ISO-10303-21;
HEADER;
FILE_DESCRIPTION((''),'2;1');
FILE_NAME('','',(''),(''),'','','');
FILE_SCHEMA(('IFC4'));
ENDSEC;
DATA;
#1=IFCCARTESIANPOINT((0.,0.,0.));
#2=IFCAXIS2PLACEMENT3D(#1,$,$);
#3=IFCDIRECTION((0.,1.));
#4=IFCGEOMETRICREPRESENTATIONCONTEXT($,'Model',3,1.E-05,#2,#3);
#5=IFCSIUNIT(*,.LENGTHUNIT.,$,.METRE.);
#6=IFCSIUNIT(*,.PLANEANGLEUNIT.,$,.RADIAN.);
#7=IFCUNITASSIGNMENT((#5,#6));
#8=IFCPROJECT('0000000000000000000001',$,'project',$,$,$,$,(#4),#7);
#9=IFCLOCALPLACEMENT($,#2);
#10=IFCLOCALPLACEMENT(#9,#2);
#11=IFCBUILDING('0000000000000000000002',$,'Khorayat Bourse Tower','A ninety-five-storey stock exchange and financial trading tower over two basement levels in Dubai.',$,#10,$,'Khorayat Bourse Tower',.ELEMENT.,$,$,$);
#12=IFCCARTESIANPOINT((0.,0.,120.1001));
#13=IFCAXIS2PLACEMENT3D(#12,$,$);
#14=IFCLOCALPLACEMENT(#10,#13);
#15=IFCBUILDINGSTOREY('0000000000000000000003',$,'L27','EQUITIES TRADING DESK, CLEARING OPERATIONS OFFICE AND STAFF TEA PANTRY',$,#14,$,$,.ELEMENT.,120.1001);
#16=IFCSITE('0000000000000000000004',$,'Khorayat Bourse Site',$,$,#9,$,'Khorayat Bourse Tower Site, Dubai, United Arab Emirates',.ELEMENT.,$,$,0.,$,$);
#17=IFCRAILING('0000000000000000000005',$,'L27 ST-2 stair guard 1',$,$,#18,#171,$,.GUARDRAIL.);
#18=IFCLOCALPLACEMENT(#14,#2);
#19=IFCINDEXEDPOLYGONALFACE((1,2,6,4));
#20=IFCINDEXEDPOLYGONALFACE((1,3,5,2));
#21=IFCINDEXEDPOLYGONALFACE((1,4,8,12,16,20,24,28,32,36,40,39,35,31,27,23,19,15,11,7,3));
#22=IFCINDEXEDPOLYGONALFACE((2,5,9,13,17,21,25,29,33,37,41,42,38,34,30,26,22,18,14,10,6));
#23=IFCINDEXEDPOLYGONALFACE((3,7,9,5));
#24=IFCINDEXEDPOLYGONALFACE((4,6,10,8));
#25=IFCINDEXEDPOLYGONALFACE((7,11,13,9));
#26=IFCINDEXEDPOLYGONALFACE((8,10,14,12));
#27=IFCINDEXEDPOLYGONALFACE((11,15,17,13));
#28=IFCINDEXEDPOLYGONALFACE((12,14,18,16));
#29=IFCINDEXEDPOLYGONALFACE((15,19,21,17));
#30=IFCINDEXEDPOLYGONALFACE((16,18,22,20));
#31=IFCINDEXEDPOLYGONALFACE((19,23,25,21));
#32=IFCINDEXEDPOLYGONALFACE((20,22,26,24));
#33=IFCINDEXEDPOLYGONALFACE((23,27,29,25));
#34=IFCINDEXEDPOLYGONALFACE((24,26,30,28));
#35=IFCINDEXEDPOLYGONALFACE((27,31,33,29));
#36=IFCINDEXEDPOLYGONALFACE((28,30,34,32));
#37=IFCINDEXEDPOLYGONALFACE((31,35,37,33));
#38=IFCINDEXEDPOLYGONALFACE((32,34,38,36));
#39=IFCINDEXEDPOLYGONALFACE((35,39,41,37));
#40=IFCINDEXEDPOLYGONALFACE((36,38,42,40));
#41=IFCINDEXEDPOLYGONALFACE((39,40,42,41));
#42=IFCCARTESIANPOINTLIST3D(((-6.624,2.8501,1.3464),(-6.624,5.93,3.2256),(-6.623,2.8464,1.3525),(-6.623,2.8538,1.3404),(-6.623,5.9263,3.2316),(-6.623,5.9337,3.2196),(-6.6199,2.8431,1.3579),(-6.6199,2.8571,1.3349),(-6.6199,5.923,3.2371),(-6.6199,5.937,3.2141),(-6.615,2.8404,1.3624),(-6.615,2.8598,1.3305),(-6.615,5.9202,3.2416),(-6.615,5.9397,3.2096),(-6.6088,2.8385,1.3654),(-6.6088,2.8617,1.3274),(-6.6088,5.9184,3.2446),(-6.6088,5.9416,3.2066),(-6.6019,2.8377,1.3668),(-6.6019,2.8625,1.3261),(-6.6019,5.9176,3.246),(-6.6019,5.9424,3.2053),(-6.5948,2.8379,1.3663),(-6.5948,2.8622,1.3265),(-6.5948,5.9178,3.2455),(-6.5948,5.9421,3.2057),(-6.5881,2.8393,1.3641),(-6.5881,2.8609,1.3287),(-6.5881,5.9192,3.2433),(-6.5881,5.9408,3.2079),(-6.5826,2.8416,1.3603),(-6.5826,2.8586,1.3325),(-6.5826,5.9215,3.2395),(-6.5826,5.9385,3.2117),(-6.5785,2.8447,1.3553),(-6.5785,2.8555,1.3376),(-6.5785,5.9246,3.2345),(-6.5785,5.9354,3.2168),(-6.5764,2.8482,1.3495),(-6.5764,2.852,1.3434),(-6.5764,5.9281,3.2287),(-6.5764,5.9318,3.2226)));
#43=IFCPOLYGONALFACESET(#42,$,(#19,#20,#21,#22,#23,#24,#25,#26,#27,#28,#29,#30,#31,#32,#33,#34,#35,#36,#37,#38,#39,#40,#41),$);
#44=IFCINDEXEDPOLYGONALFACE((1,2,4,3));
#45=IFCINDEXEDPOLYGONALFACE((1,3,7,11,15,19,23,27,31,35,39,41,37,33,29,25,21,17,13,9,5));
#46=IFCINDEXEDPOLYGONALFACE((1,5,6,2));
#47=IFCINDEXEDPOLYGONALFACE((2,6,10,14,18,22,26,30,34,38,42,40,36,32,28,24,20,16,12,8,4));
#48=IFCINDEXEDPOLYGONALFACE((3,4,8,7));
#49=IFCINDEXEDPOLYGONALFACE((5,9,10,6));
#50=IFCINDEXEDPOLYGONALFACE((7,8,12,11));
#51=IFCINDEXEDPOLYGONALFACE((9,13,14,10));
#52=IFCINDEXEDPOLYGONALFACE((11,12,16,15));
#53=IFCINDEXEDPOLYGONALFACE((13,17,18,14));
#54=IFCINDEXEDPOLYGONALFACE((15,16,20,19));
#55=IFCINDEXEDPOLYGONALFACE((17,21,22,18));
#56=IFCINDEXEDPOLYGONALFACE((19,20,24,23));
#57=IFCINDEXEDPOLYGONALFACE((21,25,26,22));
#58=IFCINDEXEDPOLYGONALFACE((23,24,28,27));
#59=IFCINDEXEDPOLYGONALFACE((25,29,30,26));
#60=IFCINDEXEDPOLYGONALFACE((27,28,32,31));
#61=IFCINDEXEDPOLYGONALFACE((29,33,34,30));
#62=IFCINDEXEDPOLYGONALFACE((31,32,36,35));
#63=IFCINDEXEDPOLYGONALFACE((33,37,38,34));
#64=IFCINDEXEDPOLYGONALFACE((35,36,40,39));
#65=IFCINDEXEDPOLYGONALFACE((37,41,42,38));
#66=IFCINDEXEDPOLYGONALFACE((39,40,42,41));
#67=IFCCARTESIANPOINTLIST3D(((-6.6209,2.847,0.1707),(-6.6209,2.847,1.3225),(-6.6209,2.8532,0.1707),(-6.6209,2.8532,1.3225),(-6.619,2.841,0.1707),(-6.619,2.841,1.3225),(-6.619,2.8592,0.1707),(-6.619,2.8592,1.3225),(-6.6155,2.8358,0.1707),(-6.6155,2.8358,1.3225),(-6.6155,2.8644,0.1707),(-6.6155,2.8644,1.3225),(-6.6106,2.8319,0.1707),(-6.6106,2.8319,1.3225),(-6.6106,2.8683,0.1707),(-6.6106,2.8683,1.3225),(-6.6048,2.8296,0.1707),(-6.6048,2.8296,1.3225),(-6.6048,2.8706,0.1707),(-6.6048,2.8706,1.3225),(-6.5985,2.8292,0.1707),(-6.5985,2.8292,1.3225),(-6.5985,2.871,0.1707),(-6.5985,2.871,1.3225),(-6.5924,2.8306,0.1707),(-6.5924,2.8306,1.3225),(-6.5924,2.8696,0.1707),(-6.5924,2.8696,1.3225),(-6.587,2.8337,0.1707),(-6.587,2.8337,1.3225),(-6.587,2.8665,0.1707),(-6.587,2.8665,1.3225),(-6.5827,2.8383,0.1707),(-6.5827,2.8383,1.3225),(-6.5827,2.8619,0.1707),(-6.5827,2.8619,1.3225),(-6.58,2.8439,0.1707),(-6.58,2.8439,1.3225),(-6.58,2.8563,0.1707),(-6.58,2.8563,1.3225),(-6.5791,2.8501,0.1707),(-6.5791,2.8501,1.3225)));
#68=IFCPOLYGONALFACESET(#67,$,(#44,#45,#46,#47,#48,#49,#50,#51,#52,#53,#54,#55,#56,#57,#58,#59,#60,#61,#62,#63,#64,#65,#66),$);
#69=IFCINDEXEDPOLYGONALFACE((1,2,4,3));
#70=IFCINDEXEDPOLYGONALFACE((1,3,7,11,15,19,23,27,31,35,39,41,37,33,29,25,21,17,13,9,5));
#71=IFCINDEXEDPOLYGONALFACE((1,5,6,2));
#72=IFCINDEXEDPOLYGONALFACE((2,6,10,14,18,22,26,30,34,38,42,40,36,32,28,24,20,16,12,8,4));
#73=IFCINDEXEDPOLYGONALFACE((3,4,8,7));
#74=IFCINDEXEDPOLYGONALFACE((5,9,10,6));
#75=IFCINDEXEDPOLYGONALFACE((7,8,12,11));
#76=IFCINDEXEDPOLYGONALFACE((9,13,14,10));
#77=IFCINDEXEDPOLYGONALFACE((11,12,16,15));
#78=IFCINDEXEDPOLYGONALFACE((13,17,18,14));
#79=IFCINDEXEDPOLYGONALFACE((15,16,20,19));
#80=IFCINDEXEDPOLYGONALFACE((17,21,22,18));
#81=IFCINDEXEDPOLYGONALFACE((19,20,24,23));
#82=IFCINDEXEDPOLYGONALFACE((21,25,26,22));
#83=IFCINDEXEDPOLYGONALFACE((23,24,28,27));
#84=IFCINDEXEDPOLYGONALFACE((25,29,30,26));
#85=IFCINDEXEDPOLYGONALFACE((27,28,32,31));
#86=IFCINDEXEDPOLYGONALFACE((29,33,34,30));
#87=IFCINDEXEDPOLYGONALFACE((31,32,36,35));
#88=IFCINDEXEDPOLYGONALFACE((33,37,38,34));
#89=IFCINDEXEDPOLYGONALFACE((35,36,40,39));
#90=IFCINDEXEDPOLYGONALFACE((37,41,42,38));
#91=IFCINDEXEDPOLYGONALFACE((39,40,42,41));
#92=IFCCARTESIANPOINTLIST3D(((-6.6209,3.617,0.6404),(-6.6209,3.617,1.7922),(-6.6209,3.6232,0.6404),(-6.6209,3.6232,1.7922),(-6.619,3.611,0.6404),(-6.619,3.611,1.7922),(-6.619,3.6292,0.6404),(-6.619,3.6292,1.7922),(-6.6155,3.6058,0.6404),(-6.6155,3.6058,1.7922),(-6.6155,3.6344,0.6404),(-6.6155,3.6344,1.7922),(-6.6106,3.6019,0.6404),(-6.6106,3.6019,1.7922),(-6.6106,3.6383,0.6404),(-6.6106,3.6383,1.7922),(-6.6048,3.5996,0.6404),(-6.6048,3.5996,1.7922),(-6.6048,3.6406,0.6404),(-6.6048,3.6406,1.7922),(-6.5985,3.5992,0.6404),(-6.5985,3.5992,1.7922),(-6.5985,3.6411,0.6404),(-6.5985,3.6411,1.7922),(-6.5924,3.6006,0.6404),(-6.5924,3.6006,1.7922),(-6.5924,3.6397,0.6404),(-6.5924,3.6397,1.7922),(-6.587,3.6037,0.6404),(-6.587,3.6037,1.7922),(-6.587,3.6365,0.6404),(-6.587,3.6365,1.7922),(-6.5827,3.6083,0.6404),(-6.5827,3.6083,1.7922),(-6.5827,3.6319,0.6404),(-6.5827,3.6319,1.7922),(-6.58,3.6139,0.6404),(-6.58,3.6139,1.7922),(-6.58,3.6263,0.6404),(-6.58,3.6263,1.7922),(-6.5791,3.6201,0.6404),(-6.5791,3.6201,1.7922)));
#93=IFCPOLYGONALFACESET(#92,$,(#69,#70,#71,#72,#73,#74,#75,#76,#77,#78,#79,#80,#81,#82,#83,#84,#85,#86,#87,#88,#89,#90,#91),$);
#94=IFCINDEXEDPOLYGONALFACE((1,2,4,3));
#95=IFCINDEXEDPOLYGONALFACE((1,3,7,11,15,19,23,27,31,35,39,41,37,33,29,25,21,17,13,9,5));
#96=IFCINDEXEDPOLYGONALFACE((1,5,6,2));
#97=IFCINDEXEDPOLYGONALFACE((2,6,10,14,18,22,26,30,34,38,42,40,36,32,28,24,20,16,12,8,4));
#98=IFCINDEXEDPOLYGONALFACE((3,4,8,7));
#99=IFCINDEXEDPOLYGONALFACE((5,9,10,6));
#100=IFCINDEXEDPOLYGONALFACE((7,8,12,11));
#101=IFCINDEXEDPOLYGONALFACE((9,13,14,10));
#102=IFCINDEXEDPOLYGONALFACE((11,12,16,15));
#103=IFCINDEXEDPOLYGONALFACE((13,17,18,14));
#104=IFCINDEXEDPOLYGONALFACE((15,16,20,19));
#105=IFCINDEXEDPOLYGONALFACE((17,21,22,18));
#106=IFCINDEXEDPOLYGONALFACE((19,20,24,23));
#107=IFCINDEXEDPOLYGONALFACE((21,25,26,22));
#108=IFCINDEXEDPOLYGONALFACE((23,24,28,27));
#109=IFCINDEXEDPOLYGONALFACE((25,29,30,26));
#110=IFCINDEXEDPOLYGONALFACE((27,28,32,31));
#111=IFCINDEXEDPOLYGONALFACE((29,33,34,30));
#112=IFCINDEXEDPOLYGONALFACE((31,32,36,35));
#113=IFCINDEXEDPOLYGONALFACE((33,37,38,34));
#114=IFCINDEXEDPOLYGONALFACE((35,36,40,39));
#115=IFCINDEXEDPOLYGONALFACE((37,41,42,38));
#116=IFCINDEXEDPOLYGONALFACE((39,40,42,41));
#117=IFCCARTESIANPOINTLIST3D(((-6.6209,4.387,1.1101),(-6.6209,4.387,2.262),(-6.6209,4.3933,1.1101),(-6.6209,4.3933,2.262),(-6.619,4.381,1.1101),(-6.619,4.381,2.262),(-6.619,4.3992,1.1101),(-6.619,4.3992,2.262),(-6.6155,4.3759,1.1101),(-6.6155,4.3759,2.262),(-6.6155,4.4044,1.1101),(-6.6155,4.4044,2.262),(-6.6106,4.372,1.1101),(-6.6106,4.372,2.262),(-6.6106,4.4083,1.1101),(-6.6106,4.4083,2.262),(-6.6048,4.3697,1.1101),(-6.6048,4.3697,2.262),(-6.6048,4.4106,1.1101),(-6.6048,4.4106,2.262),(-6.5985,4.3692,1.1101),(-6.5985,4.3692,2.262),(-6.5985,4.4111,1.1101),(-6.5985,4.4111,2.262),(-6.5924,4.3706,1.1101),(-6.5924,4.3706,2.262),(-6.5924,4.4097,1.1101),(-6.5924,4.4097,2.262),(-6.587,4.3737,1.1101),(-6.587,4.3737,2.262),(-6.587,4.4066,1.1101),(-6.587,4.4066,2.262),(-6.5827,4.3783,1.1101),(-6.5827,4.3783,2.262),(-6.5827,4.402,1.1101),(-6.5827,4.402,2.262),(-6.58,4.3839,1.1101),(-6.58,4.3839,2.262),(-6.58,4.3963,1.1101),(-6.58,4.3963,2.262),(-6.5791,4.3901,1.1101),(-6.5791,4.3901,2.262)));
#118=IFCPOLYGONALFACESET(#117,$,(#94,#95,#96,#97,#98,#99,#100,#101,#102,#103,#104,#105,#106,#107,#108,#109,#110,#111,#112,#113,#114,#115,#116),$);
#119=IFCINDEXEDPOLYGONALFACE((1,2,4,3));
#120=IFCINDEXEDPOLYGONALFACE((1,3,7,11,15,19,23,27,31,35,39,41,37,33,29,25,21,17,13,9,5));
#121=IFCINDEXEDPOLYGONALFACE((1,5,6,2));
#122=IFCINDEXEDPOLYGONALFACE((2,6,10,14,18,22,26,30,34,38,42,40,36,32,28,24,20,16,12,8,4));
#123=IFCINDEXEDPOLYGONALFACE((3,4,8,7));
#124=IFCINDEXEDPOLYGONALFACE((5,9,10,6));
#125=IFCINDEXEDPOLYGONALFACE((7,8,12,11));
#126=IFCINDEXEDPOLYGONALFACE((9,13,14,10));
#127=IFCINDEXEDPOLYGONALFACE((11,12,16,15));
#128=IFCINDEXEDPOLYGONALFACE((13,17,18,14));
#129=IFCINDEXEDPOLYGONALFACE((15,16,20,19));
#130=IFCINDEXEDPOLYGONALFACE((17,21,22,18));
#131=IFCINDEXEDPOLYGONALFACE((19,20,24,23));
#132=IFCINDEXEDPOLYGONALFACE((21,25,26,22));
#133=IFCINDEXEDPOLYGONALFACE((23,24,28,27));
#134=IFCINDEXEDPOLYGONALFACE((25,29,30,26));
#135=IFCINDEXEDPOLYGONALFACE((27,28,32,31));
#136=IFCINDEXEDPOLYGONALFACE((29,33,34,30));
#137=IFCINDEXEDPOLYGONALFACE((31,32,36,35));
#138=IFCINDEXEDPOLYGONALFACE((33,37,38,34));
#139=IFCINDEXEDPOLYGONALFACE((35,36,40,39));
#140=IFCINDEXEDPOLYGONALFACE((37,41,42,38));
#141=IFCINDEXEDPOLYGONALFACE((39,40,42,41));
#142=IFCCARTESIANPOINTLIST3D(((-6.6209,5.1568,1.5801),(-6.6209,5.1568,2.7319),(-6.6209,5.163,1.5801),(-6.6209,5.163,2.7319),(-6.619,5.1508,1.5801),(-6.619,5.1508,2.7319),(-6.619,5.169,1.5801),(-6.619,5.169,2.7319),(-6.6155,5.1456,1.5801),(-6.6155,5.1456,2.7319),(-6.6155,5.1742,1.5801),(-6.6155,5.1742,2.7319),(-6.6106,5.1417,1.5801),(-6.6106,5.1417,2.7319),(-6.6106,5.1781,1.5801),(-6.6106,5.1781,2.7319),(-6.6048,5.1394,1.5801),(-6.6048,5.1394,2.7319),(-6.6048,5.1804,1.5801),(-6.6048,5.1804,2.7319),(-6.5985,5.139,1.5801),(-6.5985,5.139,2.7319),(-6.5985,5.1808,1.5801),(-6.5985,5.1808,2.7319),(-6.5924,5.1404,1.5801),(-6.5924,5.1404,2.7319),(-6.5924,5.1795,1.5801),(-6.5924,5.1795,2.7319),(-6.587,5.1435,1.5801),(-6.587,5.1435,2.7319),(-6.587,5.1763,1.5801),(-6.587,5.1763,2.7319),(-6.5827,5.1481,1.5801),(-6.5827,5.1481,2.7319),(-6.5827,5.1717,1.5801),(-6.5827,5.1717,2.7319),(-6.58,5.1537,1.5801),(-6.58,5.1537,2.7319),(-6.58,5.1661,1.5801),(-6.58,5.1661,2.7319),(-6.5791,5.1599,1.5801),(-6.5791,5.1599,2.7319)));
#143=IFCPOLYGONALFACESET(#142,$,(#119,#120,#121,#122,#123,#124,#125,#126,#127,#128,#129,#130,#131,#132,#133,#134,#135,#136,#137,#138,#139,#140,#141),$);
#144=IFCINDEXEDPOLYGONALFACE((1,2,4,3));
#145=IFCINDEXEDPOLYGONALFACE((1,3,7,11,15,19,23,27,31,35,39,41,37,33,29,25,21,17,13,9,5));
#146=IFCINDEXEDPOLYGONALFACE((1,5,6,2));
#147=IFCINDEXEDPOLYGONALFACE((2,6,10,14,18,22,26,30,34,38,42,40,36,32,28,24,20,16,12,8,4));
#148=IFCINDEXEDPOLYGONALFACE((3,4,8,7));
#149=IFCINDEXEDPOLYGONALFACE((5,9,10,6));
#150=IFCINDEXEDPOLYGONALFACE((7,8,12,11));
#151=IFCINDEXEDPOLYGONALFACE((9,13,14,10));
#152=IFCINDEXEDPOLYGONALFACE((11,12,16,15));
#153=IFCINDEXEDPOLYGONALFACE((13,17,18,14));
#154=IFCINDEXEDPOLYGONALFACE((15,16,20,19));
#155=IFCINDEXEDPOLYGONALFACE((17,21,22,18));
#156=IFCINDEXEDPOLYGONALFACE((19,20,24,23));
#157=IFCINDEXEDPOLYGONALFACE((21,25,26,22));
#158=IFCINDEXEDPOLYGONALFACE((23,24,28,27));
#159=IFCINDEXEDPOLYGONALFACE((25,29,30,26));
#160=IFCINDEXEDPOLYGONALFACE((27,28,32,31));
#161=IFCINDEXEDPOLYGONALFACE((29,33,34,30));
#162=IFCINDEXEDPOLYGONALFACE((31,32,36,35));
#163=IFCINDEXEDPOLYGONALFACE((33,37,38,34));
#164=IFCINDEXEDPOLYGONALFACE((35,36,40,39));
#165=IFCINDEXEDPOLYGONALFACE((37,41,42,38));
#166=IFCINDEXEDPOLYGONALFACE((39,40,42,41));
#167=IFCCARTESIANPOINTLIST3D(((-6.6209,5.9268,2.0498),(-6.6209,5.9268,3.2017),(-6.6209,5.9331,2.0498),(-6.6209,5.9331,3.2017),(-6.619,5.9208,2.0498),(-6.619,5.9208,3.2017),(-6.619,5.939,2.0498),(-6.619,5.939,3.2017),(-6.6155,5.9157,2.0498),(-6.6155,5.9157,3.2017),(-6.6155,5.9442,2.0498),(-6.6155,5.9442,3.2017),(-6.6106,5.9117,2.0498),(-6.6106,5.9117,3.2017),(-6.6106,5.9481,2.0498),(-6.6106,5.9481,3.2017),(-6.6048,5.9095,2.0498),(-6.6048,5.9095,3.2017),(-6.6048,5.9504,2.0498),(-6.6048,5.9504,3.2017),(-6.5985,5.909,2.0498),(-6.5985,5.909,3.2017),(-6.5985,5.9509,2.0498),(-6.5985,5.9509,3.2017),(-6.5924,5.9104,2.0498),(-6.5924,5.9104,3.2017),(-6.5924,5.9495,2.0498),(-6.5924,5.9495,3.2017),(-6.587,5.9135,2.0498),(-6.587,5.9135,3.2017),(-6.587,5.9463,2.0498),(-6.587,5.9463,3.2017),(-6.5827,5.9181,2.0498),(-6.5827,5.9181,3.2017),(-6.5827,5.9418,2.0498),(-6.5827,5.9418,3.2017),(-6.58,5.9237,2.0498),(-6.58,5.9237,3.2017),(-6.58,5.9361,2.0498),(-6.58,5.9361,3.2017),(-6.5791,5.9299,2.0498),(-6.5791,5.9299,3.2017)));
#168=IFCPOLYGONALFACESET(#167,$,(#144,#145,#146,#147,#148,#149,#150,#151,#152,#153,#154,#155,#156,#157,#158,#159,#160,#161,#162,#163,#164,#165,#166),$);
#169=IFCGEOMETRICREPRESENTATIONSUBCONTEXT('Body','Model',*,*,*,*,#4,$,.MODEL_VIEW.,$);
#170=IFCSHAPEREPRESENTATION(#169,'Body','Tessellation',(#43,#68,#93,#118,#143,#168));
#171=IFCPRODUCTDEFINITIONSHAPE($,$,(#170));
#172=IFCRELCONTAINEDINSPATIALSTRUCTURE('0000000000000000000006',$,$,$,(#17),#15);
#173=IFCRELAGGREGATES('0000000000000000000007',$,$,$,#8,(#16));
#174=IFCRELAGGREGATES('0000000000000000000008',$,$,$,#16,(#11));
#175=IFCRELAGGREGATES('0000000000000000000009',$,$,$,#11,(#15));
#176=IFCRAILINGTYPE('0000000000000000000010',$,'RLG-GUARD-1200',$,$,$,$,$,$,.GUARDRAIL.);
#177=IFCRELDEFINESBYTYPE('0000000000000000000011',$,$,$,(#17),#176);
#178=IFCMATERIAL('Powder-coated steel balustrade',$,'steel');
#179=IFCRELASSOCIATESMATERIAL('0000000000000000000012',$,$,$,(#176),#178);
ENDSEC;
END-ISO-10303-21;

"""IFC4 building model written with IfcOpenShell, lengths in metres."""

from ifc_helpers import new_model, si_unit, direction, frame, origin, origin_2d, place, context, subcontext, project, spatial, circle, extrude, source, transform, mapped, material, type_object, element, save


model = new_model("IFC4")

# Units and contexts
model_context = context("Model", 3, precision=1e-05, world=origin(), true_north=direction((0.0, 1.0)))
body_context = subcontext(model_context, "Body", "Model", "MODEL_VIEW")
ifc_project = project(units=[si_unit("LENGTHUNIT", "METRE"), si_unit("PLANEANGLEUNIT", "RADIAN")], contexts=[model_context])

# Site, building, storey
site_placement = place(None, origin())
site = spatial("IfcSite", under=ifc_project, at=site_placement, Name="Khorayat Bourse Site", LongName="Khorayat Bourse Tower Site, Dubai, United Arab Emirates", CompositionType="ELEMENT", RefElevation=0.0)
building_placement = place(site_placement, origin())
building = spatial("IfcBuilding", under=site, at=building_placement, Name="Khorayat Bourse Tower", Description="A ninety-five-storey stock exchange and financial trading tower over two basement levels in Dubai.", LongName="Khorayat Bourse Tower", CompositionType="ELEMENT")
storey_placement = place(building_placement, frame((0.0, 0.0, 120.1001)))
storey = spatial("IfcBuildingStorey", under=building, at=storey_placement, Name="L27", Description="EQUITIES TRADING DESK, CLEARING OPERATIONS OFFICE AND STAFF TEA PANTRY", CompositionType="ELEMENT", Elevation=120.1001)

# Railing
ifc_material_1 = material(Name="Powder-coated steel balustrade", Category="steel")
railing_type_1 = type_object("IfcRailingType", Name="RLG-GUARD-1200", PredefinedType="GUARDRAIL", material=ifc_material_1)
shared_shape_1 = source(origin(), body_context, "Body", "SweptSolid", [
    extrude(circle(Radius=0.0239, at=origin_2d()), frame((0.0, 0.0, 1.1758), z_axis=(0.0, 0.853648, 0.52085), x_axis=(-1.0, 0.0, 0.0)), (0.0, 0.0, 1.0), 3.6079),
    extrude(circle(Radius=0.021, at=origin_2d()), origin(), (0.0, 0.0, 1.0), 1.1519),
    extrude(circle(Radius=0.021, at=origin_2d()), frame((0.0, 0.77, 0.4697)), (0.0, 0.0, 1.0), 1.1519),
    extrude(circle(Radius=0.021, at=origin_2d()), frame((0.0, 1.54, 0.9395)), (0.0, 0.0, 1.0), 1.1519),
    extrude(circle(Radius=0.021, at=origin_2d()), frame((0.0, 2.3098, 1.4094)), (0.0, 0.0, 1.0), 1.1519),
    extrude(circle(Radius=0.021, at=origin_2d()), frame((0.0, 3.0798, 1.8792)), (0.0, 0.0, 1.0), 1.1519),
])
railing_1_placement = place(storey_placement, frame((-6.6001, 2.8501, 0.1707)))
element("IfcRailing", 1, at=railing_1_placement, inside=storey, type_object=railing_type_1, Name="L27 ST-2 stair guard 1", PredefinedType="GUARDRAIL", context=body_context, shape_type="MappedRepresentation", body=[
    mapped(shared_shape_1, transform((0.0, 0.0, 0.0), scale=1.0)),
])

save(model, "model.ifc")
